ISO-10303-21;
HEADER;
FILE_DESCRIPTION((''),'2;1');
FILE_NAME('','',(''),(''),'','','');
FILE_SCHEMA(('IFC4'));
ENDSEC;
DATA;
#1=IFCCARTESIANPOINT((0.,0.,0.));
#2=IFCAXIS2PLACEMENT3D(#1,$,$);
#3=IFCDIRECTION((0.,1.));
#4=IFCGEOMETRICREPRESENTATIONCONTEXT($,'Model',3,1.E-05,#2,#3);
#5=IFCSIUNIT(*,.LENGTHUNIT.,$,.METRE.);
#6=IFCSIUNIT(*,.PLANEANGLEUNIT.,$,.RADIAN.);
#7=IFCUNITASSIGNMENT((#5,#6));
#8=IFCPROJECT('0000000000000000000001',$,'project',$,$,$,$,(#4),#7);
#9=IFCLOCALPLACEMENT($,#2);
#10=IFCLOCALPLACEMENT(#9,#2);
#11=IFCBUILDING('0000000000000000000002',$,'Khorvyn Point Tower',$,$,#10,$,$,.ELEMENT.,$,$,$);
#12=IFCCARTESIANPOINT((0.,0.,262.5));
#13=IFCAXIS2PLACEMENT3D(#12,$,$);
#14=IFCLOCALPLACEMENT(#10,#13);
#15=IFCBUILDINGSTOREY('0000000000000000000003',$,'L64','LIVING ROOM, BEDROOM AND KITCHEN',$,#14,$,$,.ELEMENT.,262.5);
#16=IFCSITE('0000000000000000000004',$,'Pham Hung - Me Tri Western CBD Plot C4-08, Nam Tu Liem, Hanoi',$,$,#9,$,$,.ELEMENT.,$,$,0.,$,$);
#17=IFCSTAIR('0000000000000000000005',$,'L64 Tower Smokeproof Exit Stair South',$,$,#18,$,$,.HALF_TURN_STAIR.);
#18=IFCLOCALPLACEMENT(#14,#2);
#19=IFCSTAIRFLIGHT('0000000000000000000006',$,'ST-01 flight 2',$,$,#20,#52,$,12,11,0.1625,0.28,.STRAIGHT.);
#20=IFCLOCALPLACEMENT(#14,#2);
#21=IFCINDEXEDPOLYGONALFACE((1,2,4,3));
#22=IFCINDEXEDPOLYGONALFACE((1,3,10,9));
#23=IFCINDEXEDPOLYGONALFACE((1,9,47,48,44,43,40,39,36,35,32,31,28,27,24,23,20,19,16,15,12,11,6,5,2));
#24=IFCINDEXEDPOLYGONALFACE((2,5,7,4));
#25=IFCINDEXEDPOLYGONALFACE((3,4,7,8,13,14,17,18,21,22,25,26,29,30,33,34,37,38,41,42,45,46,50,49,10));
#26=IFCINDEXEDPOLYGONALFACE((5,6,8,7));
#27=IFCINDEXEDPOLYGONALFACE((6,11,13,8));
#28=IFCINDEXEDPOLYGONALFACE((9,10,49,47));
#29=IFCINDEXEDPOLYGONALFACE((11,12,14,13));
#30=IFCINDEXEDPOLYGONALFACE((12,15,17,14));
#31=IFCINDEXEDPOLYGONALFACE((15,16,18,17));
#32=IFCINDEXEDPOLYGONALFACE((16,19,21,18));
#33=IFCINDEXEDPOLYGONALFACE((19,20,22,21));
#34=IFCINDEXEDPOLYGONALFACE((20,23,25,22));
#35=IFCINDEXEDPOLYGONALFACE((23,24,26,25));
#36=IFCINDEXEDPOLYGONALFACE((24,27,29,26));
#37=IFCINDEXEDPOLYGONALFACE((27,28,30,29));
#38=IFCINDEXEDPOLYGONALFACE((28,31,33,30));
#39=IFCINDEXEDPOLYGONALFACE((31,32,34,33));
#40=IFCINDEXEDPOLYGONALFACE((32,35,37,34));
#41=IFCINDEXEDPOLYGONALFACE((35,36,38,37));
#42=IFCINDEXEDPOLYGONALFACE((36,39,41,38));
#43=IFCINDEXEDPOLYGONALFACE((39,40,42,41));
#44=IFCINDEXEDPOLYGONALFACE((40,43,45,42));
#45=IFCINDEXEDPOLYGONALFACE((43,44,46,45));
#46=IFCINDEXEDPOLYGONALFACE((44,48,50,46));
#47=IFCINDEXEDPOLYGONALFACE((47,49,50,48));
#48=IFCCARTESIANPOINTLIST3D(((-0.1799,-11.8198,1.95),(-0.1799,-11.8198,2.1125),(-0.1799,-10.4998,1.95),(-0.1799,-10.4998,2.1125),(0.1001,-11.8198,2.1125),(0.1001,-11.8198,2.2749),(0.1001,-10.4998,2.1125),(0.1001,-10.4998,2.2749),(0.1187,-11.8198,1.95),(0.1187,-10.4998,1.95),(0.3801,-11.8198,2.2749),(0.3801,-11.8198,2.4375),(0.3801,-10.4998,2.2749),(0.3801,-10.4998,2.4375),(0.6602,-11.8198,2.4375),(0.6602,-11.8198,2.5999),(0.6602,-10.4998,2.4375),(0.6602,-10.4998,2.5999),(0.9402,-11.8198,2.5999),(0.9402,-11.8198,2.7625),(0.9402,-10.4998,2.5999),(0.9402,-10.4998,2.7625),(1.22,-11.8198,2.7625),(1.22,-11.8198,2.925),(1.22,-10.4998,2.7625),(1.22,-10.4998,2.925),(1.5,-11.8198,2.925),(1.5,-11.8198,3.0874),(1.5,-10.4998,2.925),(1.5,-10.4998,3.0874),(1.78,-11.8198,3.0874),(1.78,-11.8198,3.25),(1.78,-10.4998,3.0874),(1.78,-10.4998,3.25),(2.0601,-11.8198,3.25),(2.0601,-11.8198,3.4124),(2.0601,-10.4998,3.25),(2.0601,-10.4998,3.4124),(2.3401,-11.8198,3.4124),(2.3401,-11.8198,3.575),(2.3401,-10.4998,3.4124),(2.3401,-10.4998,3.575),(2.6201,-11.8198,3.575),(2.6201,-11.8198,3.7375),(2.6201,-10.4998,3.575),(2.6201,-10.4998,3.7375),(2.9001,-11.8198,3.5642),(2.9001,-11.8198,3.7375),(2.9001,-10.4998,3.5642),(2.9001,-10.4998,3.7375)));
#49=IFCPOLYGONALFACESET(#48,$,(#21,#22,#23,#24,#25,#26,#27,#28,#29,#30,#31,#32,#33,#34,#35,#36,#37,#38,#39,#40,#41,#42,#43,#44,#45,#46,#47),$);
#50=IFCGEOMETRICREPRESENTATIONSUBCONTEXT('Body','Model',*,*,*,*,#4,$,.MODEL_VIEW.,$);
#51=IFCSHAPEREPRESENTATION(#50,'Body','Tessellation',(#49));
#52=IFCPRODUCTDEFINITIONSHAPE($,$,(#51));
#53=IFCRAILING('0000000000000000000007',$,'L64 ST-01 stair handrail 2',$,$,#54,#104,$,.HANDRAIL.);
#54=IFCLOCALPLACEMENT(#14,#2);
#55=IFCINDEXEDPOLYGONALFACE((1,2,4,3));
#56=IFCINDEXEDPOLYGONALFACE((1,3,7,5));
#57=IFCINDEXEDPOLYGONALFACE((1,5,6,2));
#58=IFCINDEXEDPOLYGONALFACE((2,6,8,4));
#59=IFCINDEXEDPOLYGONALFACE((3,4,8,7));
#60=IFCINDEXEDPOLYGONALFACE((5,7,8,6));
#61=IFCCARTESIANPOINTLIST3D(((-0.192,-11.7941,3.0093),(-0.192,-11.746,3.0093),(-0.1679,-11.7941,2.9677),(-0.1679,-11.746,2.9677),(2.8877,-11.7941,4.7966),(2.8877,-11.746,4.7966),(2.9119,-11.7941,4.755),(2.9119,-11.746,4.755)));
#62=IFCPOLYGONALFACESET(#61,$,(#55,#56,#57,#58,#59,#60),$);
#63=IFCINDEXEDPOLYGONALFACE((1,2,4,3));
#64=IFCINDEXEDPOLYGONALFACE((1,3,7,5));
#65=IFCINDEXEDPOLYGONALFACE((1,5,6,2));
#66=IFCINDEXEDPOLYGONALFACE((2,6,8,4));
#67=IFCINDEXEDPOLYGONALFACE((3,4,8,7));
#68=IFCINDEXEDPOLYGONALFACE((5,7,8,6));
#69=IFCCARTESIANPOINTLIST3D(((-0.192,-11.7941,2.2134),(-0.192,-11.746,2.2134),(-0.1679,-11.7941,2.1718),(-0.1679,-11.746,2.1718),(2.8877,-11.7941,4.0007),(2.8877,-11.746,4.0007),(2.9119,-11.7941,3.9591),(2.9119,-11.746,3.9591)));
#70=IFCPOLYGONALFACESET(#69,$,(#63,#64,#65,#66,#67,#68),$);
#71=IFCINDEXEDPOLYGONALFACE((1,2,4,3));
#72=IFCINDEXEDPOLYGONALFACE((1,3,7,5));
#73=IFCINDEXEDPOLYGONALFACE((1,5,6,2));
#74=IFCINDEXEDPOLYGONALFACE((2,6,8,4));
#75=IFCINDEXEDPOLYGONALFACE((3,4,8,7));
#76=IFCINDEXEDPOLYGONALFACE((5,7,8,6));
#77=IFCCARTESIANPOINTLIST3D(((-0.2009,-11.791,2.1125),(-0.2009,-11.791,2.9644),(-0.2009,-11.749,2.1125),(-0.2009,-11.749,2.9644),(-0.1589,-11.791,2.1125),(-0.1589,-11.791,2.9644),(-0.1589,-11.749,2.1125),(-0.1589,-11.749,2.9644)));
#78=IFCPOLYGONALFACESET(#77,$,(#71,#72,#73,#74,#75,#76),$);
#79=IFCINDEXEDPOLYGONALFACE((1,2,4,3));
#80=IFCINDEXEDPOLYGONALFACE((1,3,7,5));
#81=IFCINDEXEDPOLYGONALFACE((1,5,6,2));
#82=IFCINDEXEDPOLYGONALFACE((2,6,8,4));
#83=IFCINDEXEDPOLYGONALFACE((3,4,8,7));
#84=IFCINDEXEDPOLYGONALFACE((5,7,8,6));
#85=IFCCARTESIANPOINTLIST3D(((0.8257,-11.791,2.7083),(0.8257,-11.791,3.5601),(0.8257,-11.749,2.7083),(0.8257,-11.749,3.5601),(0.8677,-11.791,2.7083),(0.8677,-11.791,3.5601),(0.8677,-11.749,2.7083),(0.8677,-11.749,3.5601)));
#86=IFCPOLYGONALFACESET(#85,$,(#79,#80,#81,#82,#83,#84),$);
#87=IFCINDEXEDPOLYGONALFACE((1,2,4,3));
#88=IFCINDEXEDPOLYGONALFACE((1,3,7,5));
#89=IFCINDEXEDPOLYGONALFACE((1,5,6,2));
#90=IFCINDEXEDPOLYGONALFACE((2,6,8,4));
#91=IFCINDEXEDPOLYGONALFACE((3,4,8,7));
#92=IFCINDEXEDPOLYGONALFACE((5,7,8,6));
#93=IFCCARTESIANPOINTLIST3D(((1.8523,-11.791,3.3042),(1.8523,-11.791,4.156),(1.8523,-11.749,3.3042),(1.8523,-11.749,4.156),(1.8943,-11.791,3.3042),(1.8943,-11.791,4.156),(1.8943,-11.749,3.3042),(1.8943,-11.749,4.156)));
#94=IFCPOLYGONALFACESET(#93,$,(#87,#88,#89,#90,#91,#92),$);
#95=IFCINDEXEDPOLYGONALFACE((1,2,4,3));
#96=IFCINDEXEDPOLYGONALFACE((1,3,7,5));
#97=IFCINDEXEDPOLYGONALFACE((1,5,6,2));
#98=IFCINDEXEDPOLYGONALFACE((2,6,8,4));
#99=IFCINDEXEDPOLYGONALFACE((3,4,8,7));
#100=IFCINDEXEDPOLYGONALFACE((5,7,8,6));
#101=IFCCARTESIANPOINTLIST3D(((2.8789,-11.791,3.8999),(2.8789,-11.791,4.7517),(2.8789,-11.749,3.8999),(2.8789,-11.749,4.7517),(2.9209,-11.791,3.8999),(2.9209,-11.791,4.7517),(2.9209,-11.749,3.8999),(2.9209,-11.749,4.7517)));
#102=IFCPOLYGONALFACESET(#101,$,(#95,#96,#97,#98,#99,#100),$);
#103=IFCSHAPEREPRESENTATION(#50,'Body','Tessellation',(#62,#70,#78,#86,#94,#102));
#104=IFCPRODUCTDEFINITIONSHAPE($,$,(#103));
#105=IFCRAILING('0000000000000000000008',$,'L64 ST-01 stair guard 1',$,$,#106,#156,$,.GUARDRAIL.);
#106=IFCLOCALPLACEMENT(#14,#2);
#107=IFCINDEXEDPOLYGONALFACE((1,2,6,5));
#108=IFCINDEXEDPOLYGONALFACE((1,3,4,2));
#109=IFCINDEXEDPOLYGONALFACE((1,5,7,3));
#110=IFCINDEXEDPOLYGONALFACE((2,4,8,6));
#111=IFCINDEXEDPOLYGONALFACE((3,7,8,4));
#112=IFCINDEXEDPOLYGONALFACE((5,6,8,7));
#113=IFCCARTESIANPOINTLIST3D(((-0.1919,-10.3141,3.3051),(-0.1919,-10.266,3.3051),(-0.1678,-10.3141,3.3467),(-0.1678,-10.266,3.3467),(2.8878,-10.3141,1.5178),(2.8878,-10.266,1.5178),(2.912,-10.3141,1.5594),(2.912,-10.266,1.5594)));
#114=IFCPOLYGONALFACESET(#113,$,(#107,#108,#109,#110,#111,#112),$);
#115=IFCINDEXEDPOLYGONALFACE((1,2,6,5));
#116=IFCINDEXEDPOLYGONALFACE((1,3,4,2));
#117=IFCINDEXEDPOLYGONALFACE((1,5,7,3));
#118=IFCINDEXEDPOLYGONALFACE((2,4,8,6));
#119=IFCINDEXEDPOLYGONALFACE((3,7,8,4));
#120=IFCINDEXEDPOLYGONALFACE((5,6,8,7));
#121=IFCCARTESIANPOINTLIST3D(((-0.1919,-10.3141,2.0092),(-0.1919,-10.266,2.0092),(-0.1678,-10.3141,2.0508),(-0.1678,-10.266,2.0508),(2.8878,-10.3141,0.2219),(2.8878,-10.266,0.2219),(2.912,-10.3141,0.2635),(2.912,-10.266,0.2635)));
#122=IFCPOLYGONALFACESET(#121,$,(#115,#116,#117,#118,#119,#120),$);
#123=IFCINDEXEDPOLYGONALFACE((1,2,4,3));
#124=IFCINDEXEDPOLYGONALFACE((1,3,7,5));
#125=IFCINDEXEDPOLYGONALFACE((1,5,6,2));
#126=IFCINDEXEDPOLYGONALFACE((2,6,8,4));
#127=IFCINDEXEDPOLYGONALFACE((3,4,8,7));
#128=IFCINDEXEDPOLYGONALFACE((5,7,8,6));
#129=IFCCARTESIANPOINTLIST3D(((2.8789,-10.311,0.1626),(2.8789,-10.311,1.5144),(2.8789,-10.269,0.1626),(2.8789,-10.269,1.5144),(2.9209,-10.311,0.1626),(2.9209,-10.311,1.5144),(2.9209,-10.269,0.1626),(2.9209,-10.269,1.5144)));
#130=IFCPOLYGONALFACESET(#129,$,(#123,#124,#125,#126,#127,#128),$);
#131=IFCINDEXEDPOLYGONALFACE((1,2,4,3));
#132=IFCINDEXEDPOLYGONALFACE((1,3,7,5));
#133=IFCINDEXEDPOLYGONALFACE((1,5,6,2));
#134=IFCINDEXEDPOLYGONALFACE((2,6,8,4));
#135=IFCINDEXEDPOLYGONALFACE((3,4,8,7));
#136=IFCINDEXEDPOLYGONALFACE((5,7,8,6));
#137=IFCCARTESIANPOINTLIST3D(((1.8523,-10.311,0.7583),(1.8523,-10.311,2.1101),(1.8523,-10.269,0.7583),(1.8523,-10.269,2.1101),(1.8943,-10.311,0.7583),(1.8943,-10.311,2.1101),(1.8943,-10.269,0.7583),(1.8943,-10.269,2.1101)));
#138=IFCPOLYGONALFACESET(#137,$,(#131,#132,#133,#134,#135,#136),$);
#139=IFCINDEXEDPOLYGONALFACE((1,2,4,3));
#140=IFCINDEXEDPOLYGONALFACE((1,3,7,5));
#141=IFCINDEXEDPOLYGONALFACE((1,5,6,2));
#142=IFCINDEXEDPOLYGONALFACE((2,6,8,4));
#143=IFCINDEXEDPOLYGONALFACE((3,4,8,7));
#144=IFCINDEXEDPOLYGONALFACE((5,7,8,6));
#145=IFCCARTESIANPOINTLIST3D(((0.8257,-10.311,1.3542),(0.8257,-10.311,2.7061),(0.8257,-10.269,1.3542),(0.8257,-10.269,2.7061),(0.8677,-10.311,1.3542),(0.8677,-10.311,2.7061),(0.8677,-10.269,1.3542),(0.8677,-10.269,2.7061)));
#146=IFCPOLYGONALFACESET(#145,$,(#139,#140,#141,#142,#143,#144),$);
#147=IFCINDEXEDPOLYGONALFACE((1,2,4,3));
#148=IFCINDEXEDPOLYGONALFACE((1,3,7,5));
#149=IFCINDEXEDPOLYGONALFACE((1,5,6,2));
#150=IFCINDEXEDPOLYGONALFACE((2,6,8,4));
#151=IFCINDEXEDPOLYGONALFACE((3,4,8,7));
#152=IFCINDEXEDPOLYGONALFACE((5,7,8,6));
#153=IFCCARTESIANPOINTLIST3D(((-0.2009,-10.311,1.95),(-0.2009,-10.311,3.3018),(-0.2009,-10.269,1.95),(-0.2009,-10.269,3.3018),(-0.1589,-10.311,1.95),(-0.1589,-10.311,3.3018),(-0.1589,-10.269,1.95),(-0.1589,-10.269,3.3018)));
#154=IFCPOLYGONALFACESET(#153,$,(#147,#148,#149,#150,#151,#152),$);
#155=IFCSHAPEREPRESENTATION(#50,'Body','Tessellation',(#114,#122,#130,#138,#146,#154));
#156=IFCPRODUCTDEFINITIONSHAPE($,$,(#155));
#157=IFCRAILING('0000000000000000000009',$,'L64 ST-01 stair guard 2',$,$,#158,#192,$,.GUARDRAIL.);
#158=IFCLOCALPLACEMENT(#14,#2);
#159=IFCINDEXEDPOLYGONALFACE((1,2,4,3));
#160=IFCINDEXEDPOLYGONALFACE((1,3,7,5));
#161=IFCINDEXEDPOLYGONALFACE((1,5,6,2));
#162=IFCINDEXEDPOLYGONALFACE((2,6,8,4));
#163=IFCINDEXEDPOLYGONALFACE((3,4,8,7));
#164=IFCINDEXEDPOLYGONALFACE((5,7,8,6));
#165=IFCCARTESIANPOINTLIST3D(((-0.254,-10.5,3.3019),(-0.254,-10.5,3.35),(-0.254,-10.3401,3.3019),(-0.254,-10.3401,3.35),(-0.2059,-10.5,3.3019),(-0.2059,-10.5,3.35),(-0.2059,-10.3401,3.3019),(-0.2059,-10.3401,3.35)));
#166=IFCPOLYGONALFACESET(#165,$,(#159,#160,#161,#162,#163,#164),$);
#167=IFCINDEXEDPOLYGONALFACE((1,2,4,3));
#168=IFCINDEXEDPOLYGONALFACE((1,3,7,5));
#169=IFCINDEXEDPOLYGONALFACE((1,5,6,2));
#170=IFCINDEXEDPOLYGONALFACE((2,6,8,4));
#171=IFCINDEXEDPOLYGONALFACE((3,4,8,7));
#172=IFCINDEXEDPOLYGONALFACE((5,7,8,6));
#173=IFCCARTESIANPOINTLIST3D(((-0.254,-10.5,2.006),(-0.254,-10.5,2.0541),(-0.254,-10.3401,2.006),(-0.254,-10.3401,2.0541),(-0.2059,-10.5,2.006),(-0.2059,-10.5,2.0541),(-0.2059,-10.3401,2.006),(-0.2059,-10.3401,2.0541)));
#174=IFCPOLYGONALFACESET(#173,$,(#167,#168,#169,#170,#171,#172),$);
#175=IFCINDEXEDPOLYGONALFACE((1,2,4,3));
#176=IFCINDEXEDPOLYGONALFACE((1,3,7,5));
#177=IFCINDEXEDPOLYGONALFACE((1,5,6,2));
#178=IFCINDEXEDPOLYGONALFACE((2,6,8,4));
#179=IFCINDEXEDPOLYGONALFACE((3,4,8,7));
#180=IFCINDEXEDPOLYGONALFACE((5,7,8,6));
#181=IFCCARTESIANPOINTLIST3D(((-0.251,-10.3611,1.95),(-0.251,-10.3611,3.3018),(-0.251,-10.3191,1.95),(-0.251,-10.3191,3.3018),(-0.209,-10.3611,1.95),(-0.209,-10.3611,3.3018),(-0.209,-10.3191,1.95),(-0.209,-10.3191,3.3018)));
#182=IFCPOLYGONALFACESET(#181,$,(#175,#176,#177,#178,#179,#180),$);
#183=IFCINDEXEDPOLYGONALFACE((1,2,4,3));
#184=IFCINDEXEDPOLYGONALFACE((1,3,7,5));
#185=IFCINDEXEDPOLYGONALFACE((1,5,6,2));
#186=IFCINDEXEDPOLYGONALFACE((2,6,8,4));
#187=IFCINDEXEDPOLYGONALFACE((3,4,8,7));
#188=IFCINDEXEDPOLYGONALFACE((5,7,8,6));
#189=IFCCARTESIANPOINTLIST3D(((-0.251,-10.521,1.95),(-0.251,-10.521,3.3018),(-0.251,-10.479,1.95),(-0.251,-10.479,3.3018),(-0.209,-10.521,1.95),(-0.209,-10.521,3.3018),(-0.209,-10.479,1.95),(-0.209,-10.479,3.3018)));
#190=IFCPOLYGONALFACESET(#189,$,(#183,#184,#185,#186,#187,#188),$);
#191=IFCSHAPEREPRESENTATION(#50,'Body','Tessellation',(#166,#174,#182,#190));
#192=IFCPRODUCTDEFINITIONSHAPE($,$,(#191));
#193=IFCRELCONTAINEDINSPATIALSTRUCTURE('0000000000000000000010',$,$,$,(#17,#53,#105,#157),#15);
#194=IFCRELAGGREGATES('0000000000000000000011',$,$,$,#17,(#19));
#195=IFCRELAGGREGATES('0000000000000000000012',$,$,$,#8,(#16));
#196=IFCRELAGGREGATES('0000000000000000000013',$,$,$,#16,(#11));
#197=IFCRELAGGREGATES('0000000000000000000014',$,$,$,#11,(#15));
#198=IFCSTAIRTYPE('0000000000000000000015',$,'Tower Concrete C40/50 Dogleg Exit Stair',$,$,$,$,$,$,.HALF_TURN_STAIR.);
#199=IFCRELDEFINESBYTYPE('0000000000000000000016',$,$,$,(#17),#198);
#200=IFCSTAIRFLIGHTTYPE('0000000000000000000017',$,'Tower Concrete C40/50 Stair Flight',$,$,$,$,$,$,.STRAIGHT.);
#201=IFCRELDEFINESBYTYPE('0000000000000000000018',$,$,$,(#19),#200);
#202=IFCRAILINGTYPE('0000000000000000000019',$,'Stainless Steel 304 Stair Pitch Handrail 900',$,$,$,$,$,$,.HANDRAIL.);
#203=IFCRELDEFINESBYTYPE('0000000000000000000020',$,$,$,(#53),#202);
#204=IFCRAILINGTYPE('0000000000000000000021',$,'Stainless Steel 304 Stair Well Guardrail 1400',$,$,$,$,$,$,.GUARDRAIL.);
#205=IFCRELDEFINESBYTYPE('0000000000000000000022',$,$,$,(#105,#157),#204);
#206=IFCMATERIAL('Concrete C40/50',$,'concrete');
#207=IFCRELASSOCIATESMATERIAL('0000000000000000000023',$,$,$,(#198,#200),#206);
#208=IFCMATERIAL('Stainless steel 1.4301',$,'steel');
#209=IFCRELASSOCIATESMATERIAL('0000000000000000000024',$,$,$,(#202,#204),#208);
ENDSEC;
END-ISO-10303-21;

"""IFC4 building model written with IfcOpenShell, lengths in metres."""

from ifc_helpers import new_model, si_unit, direction, frame, origin, origin_2d, place, context, subcontext, project, spatial, polyline, rectangle, outline, extrude, material, type_object, element, aggregate, save


model = new_model("IFC4")

# Units and contexts
model_context = context("Model", 3, precision=1e-05, world=origin(), true_north=direction((0.0, 1.0)))
body_context = subcontext(model_context, "Body", "Model", "MODEL_VIEW")
ifc_project = project(units=[si_unit("LENGTHUNIT", "METRE"), si_unit("PLANEANGLEUNIT", "RADIAN")], contexts=[model_context])

# Site, building, storey
site_placement = place(None, origin())
site = spatial("IfcSite", under=ifc_project, at=site_placement, Name="Pham Hung - Me Tri Western CBD Plot C4-08, Nam Tu Liem, Hanoi", CompositionType="ELEMENT", RefElevation=0.0)
building_placement = place(site_placement, origin())
building = spatial("IfcBuilding", under=site, at=building_placement, Name="Khorvyn Point Tower", CompositionType="ELEMENT")
storey_placement = place(building_placement, frame((0.0, 0.0, 262.5)))
storey = spatial("IfcBuildingStorey", under=building, at=storey_placement, Name="L64", Description="LIVING ROOM, BEDROOM AND KITCHEN", CompositionType="ELEMENT", Elevation=262.5)

# Shared definitions
ifc_material_1 = material(Name="Concrete C40/50", Category="concrete")

# Stair, stair flight
stair_type = type_object("IfcStairType", Name="Tower Concrete C40/50 Dogleg Exit Stair", PredefinedType="HALF_TURN_STAIR", material=ifc_material_1)
stair_placement = place(storey_placement, origin())
stair = element("IfcStair", 1, at=stair_placement, inside=storey, type_object=stair_type, Name="L64 Tower Smokeproof Exit Stair South", PredefinedType="HALF_TURN_STAIR")
stair_flight_type = type_object("IfcStairFlightType", Name="Tower Concrete C40/50 Stair Flight", PredefinedType="STRAIGHT", material=ifc_material_1)
stair_flight_placement = place(storey_placement, frame((-0.1799, -11.1599, 1.95), z_axis=(0.0, 0.0, 1.0), x_axis=(1.0, 0.0, 0.0)))
stair_flight = element("IfcStairFlight", 2, at=stair_flight_placement, type_object=stair_flight_type, Name="ST-01 flight 2", NumberOfRisers=12, NumberOfTreads=11, PredefinedType="STRAIGHT", RiserHeight=0.1625, TreadLength=0.28, context=body_context, shape_type="SweptSolid", body=[
    extrude(outline(polyline([(0.0, 0.0), (0.0, 0.1626), (0.28, 0.1626), (0.28, 0.325), (0.5601, 0.325), (0.5601, 0.4875), (0.8401, 0.4875), (0.8401, 0.6499), (1.1201, 0.6499), (1.1201, 0.8125), (1.3999, 0.8125), (1.3999, 0.9751), (1.6799, 0.9751), (1.6799, 1.1375), (1.96, 1.1375), (1.96, 1.3), (2.24, 1.3), (2.24, 1.4624), (2.52, 1.4624), (2.52, 1.625), (2.8, 1.625), (2.8, 1.7876), (3.0801, 1.7876), (3.0801, 1.95), (3.0801, 1.6143), (0.2986, 0.0), (0.0, 0.0)])), frame((0.0, 0.6602, 0.0), z_axis=(0.0, -1.0, 0.0), x_axis=(1.0, 0.0, 0.0)), (0.0, 0.0, 1.0), 1.3201),
])
aggregate(stair, [stair_flight])

# Railings
ifc_material_2 = material(Name="Stainless steel 1.4301", Category="steel")
railing_type_1 = type_object("IfcRailingType", Name="Stainless Steel 304 Stair Pitch Handrail 900", PredefinedType="HANDRAIL", material=ifc_material_2)
railing_1_placement = place(storey_placement, frame((-0.1799, -11.77, 2.1125)))
element("IfcRailing", 3, at=railing_1_placement, inside=storey, type_object=railing_type_1, Name="L64 ST-01 stair handrail 2", PredefinedType="HANDRAIL", context=body_context, shape_type="SweptSolid", body=[
    extrude(rectangle(XDim=0.0481, YDim=0.0481, at=origin_2d()), frame((0.0, 0.0, 0.876), z_axis=(0.864903, 0.0, 0.501939), x_axis=(0.0, 1.0, 0.0)), (0.0, 0.0, 1.0), 3.5608),
    extrude(rectangle(XDim=0.0481, YDim=0.0481, at=origin_2d()), frame((0.0, 0.0, 0.0801), z_axis=(0.864903, 0.0, 0.501939), x_axis=(0.0, 1.0, 0.0)), (0.0, 0.0, 1.0), 3.5608),
    extrude(rectangle(XDim=0.042, YDim=0.042, at=origin_2d()), origin(), (0.0, 0.0, 1.0), 0.8518),
    extrude(rectangle(XDim=0.042, YDim=0.042, at=origin_2d()), frame((1.0266, 0.0, 0.5957)), (0.0, 0.0, 1.0), 0.8518),
    extrude(rectangle(XDim=0.042, YDim=0.042, at=origin_2d()), frame((2.0532, 0.0, 1.1917)), (0.0, 0.0, 1.0), 0.8518),
    extrude(rectangle(XDim=0.042, YDim=0.042, at=origin_2d()), frame((3.0798, 0.0, 1.7874)), (0.0, 0.0, 1.0), 0.8518),
])
railing_type_2 = type_object("IfcRailingType", Name="Stainless Steel 304 Stair Well Guardrail 1400", PredefinedType="GUARDRAIL", material=ifc_material_2)
railing_2_placement = place(storey_placement, frame((2.8999, -10.29, 0.1626)))
element("IfcRailing", 4, at=railing_2_placement, inside=storey, type_object=railing_type_2, Name="L64 ST-01 stair guard 1", PredefinedType="GUARDRAIL", context=body_context, shape_type="SweptSolid", body=[
    extrude(rectangle(XDim=0.0481, YDim=0.0481, at=origin_2d()), frame((0.0, 0.0, 1.376), z_axis=(-0.864903, 0.0, 0.501939), x_axis=(0.0, -1.0, 0.0)), (0.0, 0.0, 1.0), 3.5608),
    extrude(rectangle(XDim=0.0481, YDim=0.0481, at=origin_2d()), frame((0.0, 0.0, 0.0801), z_axis=(-0.864903, 0.0, 0.501939), x_axis=(0.0, -1.0, 0.0)), (0.0, 0.0, 1.0), 3.5608),
    extrude(rectangle(XDim=0.042, YDim=0.042, at=origin_2d()), origin(), (0.0, 0.0, 1.0), 1.3518),
    extrude(rectangle(XDim=0.042, YDim=0.042, at=origin_2d()), frame((-1.0266, 0.0, 0.5957)), (0.0, 0.0, 1.0), 1.3518),
    extrude(rectangle(XDim=0.042, YDim=0.042, at=origin_2d()), frame((-2.0532, 0.0, 1.1917)), (0.0, 0.0, 1.0), 1.3518),
    extrude(rectangle(XDim=0.042, YDim=0.042, at=origin_2d()), frame((-3.0798, 0.0, 1.7874)), (0.0, 0.0, 1.0), 1.3518),
])
railing_3_placement = place(storey_placement, frame((-0.23, -10.3401, 1.95)))
element("IfcRailing", 5, at=railing_3_placement, inside=storey, type_object=railing_type_2, Name="L64 ST-01 stair guard 2", PredefinedType="GUARDRAIL", context=body_context, shape_type="SweptSolid", body=[
    extrude(rectangle(XDim=0.0481, YDim=0.0481, at=origin_2d()), frame((0.0, 0.0, 1.376), z_axis=(0.0, -1.0, 0.0), x_axis=(1.0, 0.0, 0.0)), (0.0, 0.0, 1.0), 0.1599),
    extrude(rectangle(XDim=0.0481, YDim=0.0481, at=origin_2d()), frame((0.0, 0.0, 0.0801), z_axis=(0.0, -1.0, 0.0), x_axis=(1.0, 0.0, 0.0)), (0.0, 0.0, 1.0), 0.1599),
    extrude(rectangle(XDim=0.042, YDim=0.042, at=origin_2d()), origin(), (0.0, 0.0, 1.0), 1.3518),
    extrude(rectangle(XDim=0.042, YDim=0.042, at=origin_2d()), frame((0.0, -0.1599, 0.0)), (0.0, 0.0, 1.0), 1.3518),
])

save(model, "model.ifc")
